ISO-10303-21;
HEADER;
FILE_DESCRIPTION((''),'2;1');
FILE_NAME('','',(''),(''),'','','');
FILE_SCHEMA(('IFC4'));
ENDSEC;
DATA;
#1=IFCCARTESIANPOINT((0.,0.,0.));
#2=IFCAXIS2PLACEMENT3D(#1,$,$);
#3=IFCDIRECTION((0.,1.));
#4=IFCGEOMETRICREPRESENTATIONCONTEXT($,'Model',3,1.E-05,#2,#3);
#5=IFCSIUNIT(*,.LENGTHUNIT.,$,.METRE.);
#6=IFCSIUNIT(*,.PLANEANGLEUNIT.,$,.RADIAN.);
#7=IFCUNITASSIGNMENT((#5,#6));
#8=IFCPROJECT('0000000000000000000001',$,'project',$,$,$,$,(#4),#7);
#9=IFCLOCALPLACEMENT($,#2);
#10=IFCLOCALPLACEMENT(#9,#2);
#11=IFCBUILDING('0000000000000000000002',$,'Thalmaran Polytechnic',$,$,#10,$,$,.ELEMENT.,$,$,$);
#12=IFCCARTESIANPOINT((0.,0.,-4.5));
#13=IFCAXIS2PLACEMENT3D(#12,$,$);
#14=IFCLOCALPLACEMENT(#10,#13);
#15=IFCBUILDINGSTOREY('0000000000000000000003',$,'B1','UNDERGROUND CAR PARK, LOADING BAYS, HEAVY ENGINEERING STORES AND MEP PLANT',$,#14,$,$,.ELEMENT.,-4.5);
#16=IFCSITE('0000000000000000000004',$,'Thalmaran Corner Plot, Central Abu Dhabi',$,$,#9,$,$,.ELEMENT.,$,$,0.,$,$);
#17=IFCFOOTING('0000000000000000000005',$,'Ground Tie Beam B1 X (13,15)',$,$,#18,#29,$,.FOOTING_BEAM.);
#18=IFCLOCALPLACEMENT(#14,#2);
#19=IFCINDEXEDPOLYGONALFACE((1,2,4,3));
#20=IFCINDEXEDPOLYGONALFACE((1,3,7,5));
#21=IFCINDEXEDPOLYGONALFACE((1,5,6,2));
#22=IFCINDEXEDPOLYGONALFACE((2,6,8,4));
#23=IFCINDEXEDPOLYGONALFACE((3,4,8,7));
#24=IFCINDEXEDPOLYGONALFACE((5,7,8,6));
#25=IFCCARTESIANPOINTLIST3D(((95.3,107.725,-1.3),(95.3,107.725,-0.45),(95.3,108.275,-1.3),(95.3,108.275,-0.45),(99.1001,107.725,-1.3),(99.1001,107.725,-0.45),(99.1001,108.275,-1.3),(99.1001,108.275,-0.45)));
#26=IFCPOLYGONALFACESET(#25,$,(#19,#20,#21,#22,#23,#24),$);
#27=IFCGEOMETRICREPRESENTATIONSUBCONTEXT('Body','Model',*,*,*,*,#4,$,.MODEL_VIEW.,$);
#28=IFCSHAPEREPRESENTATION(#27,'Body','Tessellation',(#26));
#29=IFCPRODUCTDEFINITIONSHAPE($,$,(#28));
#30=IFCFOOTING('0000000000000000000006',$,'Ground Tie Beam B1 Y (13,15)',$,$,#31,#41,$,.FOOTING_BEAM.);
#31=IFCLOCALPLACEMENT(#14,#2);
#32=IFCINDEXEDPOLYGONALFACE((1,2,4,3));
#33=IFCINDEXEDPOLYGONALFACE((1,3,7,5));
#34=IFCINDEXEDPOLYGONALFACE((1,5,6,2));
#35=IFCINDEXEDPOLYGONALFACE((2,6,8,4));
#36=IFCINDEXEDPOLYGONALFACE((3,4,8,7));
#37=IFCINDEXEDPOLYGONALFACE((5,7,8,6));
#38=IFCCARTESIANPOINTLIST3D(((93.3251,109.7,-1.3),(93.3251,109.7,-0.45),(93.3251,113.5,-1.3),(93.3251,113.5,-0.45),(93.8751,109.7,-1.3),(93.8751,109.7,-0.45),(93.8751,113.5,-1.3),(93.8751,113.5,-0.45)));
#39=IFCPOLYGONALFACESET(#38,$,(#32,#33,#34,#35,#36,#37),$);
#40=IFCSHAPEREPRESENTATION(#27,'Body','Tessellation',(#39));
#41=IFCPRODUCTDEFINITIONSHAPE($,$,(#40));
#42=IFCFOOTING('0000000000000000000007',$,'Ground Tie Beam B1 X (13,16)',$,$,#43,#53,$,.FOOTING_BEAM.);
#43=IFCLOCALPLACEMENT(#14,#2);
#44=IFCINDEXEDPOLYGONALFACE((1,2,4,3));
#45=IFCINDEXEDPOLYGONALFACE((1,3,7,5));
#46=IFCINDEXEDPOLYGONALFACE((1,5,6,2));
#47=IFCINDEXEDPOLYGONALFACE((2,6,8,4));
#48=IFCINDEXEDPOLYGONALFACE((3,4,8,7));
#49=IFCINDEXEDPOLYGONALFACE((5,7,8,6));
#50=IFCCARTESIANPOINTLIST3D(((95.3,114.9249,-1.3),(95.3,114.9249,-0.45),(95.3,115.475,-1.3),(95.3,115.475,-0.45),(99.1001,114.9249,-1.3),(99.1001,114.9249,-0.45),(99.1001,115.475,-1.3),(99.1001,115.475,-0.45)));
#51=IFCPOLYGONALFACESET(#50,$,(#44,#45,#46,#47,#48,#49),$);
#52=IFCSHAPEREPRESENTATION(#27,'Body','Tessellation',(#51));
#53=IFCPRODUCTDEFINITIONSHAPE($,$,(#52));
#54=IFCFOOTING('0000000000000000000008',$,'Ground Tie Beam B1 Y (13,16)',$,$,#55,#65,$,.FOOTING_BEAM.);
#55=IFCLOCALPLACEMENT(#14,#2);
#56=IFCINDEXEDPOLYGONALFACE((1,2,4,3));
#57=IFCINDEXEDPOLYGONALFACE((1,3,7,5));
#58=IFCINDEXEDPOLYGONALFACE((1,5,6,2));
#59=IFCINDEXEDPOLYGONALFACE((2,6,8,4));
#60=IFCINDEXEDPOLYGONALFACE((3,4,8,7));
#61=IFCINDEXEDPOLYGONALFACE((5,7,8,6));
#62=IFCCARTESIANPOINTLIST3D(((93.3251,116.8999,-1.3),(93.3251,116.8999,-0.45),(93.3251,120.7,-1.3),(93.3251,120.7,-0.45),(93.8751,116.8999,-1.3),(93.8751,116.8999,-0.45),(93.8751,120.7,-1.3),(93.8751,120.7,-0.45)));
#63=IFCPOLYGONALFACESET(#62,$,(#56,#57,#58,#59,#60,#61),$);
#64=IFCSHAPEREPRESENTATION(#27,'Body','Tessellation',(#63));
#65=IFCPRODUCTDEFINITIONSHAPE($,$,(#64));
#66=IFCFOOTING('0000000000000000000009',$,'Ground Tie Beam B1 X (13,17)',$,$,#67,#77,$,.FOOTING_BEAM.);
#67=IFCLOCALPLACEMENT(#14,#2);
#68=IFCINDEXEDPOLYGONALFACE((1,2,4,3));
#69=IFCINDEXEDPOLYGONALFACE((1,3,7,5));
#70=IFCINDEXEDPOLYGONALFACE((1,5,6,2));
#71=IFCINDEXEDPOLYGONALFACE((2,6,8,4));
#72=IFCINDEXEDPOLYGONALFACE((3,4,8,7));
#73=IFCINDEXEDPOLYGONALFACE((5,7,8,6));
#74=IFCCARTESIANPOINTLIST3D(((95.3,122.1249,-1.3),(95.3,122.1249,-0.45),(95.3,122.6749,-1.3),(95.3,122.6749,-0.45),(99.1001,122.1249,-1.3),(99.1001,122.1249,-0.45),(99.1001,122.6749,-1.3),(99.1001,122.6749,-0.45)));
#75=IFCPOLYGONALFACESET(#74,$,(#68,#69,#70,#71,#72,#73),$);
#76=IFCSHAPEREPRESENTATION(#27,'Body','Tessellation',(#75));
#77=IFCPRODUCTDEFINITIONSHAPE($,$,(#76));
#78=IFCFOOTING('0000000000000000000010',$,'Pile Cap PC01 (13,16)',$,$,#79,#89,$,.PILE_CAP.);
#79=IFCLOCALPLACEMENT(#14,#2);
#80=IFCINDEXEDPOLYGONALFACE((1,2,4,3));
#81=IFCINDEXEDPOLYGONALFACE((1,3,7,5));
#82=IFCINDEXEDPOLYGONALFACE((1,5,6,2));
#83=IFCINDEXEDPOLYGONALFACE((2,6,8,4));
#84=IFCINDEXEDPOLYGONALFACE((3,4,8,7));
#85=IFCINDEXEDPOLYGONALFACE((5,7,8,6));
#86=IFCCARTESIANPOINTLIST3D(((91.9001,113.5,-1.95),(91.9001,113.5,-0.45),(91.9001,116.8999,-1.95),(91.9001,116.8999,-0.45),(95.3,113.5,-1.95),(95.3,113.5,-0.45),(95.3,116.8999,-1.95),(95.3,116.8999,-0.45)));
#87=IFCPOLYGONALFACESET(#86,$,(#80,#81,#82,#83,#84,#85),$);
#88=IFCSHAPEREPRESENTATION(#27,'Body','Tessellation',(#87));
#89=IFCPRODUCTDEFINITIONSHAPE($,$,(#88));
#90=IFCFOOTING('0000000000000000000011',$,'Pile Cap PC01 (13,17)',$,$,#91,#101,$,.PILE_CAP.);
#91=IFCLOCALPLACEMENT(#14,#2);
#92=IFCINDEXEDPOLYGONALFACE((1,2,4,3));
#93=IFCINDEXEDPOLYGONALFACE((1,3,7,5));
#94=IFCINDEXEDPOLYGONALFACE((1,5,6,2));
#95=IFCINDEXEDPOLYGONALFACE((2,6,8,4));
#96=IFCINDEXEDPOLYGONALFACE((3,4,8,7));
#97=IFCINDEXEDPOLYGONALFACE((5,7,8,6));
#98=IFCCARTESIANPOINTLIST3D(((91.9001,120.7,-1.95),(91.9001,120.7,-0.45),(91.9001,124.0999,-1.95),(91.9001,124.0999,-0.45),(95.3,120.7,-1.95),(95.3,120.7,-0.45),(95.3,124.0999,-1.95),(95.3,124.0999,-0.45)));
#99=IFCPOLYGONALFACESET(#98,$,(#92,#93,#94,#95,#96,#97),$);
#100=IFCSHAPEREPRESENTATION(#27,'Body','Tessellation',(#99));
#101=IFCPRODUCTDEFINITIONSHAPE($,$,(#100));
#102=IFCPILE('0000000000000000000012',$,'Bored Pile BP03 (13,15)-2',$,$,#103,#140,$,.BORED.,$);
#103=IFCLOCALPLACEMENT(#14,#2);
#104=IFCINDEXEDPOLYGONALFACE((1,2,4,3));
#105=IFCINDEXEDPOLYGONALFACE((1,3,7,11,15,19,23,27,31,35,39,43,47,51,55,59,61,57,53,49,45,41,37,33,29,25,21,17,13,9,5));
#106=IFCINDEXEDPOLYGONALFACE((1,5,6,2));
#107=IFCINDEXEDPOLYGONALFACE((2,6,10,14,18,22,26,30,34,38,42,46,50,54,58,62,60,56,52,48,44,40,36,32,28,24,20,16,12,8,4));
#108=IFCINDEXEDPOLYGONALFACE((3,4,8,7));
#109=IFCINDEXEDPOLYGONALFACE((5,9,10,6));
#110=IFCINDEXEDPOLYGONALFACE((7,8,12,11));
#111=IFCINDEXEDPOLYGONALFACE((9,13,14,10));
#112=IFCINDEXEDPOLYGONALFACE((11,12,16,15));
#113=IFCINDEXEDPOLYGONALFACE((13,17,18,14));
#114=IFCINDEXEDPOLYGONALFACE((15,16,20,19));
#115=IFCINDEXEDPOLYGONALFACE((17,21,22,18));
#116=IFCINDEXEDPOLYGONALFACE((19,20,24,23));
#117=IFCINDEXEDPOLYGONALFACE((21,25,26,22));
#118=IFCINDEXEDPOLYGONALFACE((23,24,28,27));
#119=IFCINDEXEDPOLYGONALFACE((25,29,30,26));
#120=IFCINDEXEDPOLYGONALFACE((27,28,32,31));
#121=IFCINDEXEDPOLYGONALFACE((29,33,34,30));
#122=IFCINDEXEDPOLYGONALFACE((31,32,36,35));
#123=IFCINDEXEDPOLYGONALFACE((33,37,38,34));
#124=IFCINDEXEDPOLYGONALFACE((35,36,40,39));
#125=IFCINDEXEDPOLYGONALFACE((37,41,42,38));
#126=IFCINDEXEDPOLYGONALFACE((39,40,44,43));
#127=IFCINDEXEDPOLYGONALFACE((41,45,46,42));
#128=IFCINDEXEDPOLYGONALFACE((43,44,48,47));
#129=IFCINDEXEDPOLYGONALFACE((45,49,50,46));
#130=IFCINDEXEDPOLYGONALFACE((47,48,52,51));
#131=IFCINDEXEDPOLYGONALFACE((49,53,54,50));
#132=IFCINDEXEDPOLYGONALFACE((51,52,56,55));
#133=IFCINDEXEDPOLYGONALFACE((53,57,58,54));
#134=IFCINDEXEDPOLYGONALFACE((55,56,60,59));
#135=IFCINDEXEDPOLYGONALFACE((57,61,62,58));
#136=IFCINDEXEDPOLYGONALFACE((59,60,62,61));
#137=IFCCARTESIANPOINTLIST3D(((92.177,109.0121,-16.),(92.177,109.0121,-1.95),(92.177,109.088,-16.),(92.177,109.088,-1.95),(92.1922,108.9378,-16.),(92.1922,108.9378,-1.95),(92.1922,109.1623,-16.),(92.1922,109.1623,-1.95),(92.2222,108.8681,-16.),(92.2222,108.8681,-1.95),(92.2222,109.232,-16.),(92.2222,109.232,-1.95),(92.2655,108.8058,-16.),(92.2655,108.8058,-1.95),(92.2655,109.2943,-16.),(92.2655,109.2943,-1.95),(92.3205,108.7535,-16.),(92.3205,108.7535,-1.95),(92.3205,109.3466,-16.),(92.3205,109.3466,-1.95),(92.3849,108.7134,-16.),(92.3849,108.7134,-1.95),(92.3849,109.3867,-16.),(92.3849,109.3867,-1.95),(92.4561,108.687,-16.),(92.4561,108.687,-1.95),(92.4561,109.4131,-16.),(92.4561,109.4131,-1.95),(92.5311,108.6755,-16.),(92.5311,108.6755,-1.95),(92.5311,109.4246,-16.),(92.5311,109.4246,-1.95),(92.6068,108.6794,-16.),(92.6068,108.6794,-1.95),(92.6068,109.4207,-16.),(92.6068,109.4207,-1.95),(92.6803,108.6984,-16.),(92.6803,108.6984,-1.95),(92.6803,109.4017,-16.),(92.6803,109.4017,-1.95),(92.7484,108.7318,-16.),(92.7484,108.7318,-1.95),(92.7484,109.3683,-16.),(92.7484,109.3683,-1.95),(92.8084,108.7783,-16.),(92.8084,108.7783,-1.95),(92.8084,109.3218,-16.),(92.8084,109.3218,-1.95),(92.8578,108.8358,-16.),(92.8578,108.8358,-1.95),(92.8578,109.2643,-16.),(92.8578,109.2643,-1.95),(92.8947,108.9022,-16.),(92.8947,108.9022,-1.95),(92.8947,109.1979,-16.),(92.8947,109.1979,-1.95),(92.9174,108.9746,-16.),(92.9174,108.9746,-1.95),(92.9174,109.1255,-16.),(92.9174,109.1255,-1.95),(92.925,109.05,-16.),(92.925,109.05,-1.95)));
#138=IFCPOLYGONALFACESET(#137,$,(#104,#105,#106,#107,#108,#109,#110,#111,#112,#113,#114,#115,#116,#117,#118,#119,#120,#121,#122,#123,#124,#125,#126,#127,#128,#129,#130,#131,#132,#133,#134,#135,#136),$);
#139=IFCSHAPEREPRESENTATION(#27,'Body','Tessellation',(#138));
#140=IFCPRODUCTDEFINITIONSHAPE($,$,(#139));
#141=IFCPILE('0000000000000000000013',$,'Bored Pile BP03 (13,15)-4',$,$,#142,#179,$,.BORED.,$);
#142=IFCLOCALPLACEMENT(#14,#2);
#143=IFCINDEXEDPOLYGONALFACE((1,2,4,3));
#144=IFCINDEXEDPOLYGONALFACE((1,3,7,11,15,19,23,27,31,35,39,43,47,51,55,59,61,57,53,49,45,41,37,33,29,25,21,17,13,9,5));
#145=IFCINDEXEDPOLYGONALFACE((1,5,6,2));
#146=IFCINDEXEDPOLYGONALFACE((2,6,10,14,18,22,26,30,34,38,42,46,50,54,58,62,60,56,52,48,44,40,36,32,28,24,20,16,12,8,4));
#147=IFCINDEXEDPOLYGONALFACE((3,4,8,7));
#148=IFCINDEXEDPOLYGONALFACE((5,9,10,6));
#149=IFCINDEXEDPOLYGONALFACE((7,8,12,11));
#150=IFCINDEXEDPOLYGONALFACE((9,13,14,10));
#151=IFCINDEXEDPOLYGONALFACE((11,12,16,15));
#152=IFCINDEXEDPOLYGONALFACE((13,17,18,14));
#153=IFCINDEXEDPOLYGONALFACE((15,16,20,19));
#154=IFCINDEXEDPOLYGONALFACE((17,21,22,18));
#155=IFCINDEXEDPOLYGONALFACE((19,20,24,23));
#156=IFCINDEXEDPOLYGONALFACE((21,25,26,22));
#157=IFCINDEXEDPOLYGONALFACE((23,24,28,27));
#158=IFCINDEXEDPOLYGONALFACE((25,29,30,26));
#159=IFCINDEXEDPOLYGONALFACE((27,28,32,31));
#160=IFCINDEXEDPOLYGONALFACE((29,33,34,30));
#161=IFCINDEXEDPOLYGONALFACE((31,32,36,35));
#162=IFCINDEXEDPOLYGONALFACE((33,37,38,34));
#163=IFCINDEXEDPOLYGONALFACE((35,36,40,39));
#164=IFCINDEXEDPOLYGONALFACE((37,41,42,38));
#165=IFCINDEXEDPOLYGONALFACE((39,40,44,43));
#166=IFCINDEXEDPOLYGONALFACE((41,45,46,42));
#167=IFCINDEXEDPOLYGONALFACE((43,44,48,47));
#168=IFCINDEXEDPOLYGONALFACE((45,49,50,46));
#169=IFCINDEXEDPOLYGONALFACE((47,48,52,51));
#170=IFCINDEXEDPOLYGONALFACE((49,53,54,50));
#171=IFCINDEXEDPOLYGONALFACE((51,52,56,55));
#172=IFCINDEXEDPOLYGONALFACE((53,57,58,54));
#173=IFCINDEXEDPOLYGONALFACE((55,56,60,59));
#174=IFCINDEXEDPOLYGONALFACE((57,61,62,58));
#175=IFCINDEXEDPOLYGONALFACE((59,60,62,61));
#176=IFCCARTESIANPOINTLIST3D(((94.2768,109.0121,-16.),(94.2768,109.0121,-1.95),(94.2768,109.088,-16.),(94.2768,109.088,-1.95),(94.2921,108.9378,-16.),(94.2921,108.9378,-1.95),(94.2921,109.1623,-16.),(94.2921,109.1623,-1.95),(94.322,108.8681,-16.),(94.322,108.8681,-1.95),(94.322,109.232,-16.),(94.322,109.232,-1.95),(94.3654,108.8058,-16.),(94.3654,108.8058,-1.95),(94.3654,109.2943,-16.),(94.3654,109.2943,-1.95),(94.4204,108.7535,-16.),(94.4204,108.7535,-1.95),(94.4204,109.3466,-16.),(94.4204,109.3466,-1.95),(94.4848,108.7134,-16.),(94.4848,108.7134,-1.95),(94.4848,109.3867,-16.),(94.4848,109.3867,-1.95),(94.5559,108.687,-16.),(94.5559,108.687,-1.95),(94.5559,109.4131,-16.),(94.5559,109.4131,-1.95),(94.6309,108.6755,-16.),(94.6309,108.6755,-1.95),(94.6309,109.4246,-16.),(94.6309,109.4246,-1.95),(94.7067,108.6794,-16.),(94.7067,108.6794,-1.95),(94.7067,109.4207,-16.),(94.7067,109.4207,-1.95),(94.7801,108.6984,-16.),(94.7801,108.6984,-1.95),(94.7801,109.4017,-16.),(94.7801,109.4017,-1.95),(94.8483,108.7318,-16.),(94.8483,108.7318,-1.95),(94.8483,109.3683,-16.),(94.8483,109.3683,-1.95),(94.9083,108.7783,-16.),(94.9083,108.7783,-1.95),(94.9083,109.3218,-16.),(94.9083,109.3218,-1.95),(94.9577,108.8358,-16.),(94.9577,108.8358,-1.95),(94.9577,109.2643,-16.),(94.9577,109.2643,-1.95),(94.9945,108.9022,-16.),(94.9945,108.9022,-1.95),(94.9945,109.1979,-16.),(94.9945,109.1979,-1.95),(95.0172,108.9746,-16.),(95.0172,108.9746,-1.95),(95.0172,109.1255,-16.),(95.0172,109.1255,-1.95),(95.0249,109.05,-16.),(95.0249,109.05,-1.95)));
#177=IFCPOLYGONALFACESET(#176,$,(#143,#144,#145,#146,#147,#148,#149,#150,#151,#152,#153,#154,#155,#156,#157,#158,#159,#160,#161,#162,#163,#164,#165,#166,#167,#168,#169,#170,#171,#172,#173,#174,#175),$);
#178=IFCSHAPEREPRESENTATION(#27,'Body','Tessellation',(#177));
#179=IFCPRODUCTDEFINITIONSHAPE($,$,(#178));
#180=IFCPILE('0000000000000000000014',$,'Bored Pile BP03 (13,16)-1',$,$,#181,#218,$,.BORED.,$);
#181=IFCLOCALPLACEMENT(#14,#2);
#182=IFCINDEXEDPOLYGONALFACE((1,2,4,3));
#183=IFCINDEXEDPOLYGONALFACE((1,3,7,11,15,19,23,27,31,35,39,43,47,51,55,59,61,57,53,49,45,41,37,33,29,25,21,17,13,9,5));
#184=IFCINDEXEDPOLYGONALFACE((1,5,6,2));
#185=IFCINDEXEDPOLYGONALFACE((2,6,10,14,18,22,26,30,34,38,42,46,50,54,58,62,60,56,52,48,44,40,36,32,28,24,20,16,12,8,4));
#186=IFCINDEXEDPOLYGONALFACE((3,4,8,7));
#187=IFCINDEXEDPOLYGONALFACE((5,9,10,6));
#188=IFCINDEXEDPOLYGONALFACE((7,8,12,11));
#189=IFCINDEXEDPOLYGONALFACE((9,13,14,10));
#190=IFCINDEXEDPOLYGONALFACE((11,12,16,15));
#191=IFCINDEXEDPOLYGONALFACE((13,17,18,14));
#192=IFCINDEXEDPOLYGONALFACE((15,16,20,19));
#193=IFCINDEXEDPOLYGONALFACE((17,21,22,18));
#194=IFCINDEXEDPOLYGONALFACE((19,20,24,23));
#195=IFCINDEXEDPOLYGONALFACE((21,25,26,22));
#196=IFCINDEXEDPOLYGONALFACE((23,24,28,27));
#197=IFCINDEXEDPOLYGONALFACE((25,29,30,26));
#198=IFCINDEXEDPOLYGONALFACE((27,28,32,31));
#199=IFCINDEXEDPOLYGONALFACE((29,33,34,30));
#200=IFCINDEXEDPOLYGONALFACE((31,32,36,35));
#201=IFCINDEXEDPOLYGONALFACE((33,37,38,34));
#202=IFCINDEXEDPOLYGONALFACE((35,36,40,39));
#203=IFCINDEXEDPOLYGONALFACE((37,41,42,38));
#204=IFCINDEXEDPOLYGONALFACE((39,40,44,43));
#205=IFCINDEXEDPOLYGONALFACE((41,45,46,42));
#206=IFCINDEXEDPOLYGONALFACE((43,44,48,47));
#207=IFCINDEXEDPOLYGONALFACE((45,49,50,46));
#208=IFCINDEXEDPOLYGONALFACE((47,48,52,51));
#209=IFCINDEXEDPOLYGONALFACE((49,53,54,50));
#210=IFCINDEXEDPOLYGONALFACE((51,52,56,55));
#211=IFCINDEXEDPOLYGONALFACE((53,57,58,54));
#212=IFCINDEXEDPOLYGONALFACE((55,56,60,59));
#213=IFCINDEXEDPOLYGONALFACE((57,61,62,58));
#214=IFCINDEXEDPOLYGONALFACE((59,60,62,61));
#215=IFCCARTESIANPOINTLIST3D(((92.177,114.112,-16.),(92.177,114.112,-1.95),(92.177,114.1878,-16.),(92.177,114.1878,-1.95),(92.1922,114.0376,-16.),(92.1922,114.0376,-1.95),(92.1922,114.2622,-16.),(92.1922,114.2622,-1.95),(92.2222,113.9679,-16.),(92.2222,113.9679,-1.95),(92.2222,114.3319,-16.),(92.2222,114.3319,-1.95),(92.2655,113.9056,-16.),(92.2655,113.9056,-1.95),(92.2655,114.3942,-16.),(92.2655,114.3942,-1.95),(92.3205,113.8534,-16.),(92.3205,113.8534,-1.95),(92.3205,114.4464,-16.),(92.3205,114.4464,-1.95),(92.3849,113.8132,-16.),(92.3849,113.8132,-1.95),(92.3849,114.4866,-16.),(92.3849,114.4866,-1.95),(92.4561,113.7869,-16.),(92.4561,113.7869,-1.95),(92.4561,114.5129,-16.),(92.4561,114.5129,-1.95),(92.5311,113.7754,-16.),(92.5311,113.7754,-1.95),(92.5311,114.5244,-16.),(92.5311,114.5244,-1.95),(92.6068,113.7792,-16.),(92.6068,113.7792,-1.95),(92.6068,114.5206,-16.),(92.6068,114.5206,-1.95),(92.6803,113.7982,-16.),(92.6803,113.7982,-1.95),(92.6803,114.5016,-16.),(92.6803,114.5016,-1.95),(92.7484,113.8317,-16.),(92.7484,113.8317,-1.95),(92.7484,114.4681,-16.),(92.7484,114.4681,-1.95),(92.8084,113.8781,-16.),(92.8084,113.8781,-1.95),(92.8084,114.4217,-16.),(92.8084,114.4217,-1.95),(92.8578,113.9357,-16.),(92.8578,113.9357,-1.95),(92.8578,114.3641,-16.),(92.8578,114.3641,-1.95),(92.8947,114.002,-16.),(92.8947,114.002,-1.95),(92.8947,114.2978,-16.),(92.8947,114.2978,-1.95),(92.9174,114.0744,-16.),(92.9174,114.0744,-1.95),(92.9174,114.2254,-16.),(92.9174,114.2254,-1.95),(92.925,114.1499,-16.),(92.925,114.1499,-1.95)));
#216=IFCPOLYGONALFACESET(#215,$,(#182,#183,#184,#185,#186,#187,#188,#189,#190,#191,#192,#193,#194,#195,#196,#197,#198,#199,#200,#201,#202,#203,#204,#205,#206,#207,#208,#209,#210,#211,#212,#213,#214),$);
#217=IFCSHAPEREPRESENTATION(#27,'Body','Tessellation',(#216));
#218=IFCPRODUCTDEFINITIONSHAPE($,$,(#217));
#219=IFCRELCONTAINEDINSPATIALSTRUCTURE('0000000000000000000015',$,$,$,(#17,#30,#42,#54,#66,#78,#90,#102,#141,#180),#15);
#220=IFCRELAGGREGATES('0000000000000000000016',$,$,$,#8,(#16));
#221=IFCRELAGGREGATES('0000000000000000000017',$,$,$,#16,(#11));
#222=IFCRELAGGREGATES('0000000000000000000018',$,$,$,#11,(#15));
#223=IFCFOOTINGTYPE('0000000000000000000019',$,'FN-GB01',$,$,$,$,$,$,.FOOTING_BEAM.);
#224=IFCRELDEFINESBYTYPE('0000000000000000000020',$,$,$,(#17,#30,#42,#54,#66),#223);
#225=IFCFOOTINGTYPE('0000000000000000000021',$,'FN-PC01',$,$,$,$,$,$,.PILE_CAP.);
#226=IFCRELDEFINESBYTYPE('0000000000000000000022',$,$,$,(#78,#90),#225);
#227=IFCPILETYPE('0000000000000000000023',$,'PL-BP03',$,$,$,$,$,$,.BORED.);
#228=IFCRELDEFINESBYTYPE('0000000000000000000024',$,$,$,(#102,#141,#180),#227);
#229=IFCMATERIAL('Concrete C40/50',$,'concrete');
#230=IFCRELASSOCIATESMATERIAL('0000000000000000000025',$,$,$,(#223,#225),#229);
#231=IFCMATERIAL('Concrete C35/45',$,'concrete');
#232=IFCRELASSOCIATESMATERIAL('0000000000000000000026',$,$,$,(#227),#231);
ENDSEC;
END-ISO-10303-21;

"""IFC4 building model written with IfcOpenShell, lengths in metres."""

from ifc_helpers import new_model, si_unit, direction, frame, origin, origin_2d, place, context, subcontext, project, spatial, rectangle, circle, extrude, material, material_profile, profile_set, type_object, element, save


model = new_model("IFC4")

# Units and contexts
model_context = context("Model", 3, precision=1e-05, world=origin(), true_north=direction((0.0, 1.0)))
body_context = subcontext(model_context, "Body", "Model", "MODEL_VIEW")
ifc_project = project(units=[si_unit("LENGTHUNIT", "METRE"), si_unit("PLANEANGLEUNIT", "RADIAN")], contexts=[model_context])

# Site, building, storey
site_placement = place(None, origin())
site = spatial("IfcSite", under=ifc_project, at=site_placement, Name="Thalmaran Corner Plot, Central Abu Dhabi", CompositionType="ELEMENT", RefElevation=0.0)
building_placement = place(site_placement, origin())
building = spatial("IfcBuilding", under=site, at=building_placement, Name="Thalmaran Polytechnic", CompositionType="ELEMENT")
storey_placement = place(building_placement, frame((0.0, 0.0, -4.5)))
storey = spatial("IfcBuildingStorey", under=building, at=storey_placement, Name="B1", Description="UNDERGROUND CAR PARK, LOADING BAYS, HEAVY ENGINEERING STORES AND MEP PLANT", CompositionType="ELEMENT", Elevation=-4.5)

# Footings
ifc_material_1 = material(Name="Concrete C40/50", Category="concrete")
ifc_material_profile_1 = material_profile(ifc_material_1, rectangle(XDim=0.55, YDim=0.8501, at=origin_2d()), Name="RC 550x850")
ifc_profile_set_1 = profile_set([ifc_material_profile_1], Name="Concrete C40/50")
footing_type_1 = type_object("IfcFootingType", Name="FN-GB01", PredefinedType="FOOTING_BEAM", material=ifc_profile_set_1)
for number, where, z_axis, x_axis, name in (
    (1, (95.3, 108.0, -0.875), (1.0, 0.0, 0.0), (0.0, 1.0, 0.0), "Ground Tie Beam B1 X (13,15)"),
    (2, (93.6001, 109.7, -0.875), (0.0, 1.0, 0.0), (-1.0, 0.0, 0.0), "Ground Tie Beam B1 Y (13,15)"),
    (3, (95.3, 115.2, -0.875), (1.0, 0.0, 0.0), (0.0, 1.0, 0.0), "Ground Tie Beam B1 X (13,16)"),
    (4, (93.6001, 116.8999, -0.875), (0.0, 1.0, 0.0), (-1.0, 0.0, 0.0), "Ground Tie Beam B1 Y (13,16)"),
    (5, (95.3, 122.3999, -0.875), (1.0, 0.0, 0.0), (0.0, 1.0, 0.0), "Ground Tie Beam B1 X (13,17)"),
):
    element("IfcFooting", number, at=place(storey_placement, frame(where, z_axis=z_axis, x_axis=x_axis)), inside=storey, type_object=footing_type_1, Name=name, PredefinedType="FOOTING_BEAM", context=body_context, shape_type="SweptSolid", body=[
        extrude(rectangle(XDim=0.55, YDim=0.8501, at=origin_2d()), origin(), (0.0, 0.0, 1.0), 3.8),
    ])
footing_type_2 = type_object("IfcFootingType", Name="FN-PC01", PredefinedType="PILE_CAP", material=ifc_material_1)
for number, where, z_axis, x_axis, name in (
    (6, (93.6001, 115.2, -1.95), (0.0, 0.0, 1.0), (1.0, 0.0, 0.0), "Pile Cap PC01 (13,16)"),
    (7, (93.6001, 122.3999, -1.95), (0.0, 0.0, 1.0), (1.0, 0.0, 0.0), "Pile Cap PC01 (13,17)"),
):
    element("IfcFooting", number, at=place(storey_placement, frame(where, z_axis=z_axis, x_axis=x_axis)), inside=storey, type_object=footing_type_2, Name=name, PredefinedType="PILE_CAP", context=body_context, shape_type="SweptSolid", body=[
        extrude(rectangle(XDim=3.3999, YDim=3.3999, at=origin_2d()), origin(), (0.0, 0.0, 1.0), 1.5),
    ])

# Piles
ifc_material_2 = material(Name="Concrete C35/45", Category="concrete")
ifc_material_profile_2 = material_profile(ifc_material_2, circle(Radius=0.375, at=origin_2d()), Name="RC 750 DIA")
ifc_profile_set_2 = profile_set([ifc_material_profile_2], Name="Concrete C35/45")
pile_type = type_object("IfcPileType", Name="PL-BP03", PredefinedType="BORED", material=ifc_profile_set_2)
for number, where, z_axis, x_axis, name in (
    (8, (92.55, 109.05, -1.95), (0.0, 0.0, -1.0), (1.0, 0.0, 0.0), "Bored Pile BP03 (13,15)-2"),
    (9, (94.6499, 109.05, -1.95), (0.0, 0.0, -1.0), (1.0, 0.0, 0.0), "Bored Pile BP03 (13,15)-4"),
    (10, (92.55, 114.1499, -1.95), (0.0, 0.0, -1.0), (1.0, 0.0, 0.0), "Bored Pile BP03 (13,16)-1"),
):
    element("IfcPile", number, at=place(storey_placement, frame(where, z_axis=z_axis, x_axis=x_axis)), inside=storey, type_object=pile_type, Name=name, PredefinedType="BORED", context=body_context, shape_type="SweptSolid", body=[
        extrude(circle(Radius=0.375, at=origin_2d()), origin(), (0.0, 0.0, 1.0), 14.05),
    ])

save(model, "model.ifc")
